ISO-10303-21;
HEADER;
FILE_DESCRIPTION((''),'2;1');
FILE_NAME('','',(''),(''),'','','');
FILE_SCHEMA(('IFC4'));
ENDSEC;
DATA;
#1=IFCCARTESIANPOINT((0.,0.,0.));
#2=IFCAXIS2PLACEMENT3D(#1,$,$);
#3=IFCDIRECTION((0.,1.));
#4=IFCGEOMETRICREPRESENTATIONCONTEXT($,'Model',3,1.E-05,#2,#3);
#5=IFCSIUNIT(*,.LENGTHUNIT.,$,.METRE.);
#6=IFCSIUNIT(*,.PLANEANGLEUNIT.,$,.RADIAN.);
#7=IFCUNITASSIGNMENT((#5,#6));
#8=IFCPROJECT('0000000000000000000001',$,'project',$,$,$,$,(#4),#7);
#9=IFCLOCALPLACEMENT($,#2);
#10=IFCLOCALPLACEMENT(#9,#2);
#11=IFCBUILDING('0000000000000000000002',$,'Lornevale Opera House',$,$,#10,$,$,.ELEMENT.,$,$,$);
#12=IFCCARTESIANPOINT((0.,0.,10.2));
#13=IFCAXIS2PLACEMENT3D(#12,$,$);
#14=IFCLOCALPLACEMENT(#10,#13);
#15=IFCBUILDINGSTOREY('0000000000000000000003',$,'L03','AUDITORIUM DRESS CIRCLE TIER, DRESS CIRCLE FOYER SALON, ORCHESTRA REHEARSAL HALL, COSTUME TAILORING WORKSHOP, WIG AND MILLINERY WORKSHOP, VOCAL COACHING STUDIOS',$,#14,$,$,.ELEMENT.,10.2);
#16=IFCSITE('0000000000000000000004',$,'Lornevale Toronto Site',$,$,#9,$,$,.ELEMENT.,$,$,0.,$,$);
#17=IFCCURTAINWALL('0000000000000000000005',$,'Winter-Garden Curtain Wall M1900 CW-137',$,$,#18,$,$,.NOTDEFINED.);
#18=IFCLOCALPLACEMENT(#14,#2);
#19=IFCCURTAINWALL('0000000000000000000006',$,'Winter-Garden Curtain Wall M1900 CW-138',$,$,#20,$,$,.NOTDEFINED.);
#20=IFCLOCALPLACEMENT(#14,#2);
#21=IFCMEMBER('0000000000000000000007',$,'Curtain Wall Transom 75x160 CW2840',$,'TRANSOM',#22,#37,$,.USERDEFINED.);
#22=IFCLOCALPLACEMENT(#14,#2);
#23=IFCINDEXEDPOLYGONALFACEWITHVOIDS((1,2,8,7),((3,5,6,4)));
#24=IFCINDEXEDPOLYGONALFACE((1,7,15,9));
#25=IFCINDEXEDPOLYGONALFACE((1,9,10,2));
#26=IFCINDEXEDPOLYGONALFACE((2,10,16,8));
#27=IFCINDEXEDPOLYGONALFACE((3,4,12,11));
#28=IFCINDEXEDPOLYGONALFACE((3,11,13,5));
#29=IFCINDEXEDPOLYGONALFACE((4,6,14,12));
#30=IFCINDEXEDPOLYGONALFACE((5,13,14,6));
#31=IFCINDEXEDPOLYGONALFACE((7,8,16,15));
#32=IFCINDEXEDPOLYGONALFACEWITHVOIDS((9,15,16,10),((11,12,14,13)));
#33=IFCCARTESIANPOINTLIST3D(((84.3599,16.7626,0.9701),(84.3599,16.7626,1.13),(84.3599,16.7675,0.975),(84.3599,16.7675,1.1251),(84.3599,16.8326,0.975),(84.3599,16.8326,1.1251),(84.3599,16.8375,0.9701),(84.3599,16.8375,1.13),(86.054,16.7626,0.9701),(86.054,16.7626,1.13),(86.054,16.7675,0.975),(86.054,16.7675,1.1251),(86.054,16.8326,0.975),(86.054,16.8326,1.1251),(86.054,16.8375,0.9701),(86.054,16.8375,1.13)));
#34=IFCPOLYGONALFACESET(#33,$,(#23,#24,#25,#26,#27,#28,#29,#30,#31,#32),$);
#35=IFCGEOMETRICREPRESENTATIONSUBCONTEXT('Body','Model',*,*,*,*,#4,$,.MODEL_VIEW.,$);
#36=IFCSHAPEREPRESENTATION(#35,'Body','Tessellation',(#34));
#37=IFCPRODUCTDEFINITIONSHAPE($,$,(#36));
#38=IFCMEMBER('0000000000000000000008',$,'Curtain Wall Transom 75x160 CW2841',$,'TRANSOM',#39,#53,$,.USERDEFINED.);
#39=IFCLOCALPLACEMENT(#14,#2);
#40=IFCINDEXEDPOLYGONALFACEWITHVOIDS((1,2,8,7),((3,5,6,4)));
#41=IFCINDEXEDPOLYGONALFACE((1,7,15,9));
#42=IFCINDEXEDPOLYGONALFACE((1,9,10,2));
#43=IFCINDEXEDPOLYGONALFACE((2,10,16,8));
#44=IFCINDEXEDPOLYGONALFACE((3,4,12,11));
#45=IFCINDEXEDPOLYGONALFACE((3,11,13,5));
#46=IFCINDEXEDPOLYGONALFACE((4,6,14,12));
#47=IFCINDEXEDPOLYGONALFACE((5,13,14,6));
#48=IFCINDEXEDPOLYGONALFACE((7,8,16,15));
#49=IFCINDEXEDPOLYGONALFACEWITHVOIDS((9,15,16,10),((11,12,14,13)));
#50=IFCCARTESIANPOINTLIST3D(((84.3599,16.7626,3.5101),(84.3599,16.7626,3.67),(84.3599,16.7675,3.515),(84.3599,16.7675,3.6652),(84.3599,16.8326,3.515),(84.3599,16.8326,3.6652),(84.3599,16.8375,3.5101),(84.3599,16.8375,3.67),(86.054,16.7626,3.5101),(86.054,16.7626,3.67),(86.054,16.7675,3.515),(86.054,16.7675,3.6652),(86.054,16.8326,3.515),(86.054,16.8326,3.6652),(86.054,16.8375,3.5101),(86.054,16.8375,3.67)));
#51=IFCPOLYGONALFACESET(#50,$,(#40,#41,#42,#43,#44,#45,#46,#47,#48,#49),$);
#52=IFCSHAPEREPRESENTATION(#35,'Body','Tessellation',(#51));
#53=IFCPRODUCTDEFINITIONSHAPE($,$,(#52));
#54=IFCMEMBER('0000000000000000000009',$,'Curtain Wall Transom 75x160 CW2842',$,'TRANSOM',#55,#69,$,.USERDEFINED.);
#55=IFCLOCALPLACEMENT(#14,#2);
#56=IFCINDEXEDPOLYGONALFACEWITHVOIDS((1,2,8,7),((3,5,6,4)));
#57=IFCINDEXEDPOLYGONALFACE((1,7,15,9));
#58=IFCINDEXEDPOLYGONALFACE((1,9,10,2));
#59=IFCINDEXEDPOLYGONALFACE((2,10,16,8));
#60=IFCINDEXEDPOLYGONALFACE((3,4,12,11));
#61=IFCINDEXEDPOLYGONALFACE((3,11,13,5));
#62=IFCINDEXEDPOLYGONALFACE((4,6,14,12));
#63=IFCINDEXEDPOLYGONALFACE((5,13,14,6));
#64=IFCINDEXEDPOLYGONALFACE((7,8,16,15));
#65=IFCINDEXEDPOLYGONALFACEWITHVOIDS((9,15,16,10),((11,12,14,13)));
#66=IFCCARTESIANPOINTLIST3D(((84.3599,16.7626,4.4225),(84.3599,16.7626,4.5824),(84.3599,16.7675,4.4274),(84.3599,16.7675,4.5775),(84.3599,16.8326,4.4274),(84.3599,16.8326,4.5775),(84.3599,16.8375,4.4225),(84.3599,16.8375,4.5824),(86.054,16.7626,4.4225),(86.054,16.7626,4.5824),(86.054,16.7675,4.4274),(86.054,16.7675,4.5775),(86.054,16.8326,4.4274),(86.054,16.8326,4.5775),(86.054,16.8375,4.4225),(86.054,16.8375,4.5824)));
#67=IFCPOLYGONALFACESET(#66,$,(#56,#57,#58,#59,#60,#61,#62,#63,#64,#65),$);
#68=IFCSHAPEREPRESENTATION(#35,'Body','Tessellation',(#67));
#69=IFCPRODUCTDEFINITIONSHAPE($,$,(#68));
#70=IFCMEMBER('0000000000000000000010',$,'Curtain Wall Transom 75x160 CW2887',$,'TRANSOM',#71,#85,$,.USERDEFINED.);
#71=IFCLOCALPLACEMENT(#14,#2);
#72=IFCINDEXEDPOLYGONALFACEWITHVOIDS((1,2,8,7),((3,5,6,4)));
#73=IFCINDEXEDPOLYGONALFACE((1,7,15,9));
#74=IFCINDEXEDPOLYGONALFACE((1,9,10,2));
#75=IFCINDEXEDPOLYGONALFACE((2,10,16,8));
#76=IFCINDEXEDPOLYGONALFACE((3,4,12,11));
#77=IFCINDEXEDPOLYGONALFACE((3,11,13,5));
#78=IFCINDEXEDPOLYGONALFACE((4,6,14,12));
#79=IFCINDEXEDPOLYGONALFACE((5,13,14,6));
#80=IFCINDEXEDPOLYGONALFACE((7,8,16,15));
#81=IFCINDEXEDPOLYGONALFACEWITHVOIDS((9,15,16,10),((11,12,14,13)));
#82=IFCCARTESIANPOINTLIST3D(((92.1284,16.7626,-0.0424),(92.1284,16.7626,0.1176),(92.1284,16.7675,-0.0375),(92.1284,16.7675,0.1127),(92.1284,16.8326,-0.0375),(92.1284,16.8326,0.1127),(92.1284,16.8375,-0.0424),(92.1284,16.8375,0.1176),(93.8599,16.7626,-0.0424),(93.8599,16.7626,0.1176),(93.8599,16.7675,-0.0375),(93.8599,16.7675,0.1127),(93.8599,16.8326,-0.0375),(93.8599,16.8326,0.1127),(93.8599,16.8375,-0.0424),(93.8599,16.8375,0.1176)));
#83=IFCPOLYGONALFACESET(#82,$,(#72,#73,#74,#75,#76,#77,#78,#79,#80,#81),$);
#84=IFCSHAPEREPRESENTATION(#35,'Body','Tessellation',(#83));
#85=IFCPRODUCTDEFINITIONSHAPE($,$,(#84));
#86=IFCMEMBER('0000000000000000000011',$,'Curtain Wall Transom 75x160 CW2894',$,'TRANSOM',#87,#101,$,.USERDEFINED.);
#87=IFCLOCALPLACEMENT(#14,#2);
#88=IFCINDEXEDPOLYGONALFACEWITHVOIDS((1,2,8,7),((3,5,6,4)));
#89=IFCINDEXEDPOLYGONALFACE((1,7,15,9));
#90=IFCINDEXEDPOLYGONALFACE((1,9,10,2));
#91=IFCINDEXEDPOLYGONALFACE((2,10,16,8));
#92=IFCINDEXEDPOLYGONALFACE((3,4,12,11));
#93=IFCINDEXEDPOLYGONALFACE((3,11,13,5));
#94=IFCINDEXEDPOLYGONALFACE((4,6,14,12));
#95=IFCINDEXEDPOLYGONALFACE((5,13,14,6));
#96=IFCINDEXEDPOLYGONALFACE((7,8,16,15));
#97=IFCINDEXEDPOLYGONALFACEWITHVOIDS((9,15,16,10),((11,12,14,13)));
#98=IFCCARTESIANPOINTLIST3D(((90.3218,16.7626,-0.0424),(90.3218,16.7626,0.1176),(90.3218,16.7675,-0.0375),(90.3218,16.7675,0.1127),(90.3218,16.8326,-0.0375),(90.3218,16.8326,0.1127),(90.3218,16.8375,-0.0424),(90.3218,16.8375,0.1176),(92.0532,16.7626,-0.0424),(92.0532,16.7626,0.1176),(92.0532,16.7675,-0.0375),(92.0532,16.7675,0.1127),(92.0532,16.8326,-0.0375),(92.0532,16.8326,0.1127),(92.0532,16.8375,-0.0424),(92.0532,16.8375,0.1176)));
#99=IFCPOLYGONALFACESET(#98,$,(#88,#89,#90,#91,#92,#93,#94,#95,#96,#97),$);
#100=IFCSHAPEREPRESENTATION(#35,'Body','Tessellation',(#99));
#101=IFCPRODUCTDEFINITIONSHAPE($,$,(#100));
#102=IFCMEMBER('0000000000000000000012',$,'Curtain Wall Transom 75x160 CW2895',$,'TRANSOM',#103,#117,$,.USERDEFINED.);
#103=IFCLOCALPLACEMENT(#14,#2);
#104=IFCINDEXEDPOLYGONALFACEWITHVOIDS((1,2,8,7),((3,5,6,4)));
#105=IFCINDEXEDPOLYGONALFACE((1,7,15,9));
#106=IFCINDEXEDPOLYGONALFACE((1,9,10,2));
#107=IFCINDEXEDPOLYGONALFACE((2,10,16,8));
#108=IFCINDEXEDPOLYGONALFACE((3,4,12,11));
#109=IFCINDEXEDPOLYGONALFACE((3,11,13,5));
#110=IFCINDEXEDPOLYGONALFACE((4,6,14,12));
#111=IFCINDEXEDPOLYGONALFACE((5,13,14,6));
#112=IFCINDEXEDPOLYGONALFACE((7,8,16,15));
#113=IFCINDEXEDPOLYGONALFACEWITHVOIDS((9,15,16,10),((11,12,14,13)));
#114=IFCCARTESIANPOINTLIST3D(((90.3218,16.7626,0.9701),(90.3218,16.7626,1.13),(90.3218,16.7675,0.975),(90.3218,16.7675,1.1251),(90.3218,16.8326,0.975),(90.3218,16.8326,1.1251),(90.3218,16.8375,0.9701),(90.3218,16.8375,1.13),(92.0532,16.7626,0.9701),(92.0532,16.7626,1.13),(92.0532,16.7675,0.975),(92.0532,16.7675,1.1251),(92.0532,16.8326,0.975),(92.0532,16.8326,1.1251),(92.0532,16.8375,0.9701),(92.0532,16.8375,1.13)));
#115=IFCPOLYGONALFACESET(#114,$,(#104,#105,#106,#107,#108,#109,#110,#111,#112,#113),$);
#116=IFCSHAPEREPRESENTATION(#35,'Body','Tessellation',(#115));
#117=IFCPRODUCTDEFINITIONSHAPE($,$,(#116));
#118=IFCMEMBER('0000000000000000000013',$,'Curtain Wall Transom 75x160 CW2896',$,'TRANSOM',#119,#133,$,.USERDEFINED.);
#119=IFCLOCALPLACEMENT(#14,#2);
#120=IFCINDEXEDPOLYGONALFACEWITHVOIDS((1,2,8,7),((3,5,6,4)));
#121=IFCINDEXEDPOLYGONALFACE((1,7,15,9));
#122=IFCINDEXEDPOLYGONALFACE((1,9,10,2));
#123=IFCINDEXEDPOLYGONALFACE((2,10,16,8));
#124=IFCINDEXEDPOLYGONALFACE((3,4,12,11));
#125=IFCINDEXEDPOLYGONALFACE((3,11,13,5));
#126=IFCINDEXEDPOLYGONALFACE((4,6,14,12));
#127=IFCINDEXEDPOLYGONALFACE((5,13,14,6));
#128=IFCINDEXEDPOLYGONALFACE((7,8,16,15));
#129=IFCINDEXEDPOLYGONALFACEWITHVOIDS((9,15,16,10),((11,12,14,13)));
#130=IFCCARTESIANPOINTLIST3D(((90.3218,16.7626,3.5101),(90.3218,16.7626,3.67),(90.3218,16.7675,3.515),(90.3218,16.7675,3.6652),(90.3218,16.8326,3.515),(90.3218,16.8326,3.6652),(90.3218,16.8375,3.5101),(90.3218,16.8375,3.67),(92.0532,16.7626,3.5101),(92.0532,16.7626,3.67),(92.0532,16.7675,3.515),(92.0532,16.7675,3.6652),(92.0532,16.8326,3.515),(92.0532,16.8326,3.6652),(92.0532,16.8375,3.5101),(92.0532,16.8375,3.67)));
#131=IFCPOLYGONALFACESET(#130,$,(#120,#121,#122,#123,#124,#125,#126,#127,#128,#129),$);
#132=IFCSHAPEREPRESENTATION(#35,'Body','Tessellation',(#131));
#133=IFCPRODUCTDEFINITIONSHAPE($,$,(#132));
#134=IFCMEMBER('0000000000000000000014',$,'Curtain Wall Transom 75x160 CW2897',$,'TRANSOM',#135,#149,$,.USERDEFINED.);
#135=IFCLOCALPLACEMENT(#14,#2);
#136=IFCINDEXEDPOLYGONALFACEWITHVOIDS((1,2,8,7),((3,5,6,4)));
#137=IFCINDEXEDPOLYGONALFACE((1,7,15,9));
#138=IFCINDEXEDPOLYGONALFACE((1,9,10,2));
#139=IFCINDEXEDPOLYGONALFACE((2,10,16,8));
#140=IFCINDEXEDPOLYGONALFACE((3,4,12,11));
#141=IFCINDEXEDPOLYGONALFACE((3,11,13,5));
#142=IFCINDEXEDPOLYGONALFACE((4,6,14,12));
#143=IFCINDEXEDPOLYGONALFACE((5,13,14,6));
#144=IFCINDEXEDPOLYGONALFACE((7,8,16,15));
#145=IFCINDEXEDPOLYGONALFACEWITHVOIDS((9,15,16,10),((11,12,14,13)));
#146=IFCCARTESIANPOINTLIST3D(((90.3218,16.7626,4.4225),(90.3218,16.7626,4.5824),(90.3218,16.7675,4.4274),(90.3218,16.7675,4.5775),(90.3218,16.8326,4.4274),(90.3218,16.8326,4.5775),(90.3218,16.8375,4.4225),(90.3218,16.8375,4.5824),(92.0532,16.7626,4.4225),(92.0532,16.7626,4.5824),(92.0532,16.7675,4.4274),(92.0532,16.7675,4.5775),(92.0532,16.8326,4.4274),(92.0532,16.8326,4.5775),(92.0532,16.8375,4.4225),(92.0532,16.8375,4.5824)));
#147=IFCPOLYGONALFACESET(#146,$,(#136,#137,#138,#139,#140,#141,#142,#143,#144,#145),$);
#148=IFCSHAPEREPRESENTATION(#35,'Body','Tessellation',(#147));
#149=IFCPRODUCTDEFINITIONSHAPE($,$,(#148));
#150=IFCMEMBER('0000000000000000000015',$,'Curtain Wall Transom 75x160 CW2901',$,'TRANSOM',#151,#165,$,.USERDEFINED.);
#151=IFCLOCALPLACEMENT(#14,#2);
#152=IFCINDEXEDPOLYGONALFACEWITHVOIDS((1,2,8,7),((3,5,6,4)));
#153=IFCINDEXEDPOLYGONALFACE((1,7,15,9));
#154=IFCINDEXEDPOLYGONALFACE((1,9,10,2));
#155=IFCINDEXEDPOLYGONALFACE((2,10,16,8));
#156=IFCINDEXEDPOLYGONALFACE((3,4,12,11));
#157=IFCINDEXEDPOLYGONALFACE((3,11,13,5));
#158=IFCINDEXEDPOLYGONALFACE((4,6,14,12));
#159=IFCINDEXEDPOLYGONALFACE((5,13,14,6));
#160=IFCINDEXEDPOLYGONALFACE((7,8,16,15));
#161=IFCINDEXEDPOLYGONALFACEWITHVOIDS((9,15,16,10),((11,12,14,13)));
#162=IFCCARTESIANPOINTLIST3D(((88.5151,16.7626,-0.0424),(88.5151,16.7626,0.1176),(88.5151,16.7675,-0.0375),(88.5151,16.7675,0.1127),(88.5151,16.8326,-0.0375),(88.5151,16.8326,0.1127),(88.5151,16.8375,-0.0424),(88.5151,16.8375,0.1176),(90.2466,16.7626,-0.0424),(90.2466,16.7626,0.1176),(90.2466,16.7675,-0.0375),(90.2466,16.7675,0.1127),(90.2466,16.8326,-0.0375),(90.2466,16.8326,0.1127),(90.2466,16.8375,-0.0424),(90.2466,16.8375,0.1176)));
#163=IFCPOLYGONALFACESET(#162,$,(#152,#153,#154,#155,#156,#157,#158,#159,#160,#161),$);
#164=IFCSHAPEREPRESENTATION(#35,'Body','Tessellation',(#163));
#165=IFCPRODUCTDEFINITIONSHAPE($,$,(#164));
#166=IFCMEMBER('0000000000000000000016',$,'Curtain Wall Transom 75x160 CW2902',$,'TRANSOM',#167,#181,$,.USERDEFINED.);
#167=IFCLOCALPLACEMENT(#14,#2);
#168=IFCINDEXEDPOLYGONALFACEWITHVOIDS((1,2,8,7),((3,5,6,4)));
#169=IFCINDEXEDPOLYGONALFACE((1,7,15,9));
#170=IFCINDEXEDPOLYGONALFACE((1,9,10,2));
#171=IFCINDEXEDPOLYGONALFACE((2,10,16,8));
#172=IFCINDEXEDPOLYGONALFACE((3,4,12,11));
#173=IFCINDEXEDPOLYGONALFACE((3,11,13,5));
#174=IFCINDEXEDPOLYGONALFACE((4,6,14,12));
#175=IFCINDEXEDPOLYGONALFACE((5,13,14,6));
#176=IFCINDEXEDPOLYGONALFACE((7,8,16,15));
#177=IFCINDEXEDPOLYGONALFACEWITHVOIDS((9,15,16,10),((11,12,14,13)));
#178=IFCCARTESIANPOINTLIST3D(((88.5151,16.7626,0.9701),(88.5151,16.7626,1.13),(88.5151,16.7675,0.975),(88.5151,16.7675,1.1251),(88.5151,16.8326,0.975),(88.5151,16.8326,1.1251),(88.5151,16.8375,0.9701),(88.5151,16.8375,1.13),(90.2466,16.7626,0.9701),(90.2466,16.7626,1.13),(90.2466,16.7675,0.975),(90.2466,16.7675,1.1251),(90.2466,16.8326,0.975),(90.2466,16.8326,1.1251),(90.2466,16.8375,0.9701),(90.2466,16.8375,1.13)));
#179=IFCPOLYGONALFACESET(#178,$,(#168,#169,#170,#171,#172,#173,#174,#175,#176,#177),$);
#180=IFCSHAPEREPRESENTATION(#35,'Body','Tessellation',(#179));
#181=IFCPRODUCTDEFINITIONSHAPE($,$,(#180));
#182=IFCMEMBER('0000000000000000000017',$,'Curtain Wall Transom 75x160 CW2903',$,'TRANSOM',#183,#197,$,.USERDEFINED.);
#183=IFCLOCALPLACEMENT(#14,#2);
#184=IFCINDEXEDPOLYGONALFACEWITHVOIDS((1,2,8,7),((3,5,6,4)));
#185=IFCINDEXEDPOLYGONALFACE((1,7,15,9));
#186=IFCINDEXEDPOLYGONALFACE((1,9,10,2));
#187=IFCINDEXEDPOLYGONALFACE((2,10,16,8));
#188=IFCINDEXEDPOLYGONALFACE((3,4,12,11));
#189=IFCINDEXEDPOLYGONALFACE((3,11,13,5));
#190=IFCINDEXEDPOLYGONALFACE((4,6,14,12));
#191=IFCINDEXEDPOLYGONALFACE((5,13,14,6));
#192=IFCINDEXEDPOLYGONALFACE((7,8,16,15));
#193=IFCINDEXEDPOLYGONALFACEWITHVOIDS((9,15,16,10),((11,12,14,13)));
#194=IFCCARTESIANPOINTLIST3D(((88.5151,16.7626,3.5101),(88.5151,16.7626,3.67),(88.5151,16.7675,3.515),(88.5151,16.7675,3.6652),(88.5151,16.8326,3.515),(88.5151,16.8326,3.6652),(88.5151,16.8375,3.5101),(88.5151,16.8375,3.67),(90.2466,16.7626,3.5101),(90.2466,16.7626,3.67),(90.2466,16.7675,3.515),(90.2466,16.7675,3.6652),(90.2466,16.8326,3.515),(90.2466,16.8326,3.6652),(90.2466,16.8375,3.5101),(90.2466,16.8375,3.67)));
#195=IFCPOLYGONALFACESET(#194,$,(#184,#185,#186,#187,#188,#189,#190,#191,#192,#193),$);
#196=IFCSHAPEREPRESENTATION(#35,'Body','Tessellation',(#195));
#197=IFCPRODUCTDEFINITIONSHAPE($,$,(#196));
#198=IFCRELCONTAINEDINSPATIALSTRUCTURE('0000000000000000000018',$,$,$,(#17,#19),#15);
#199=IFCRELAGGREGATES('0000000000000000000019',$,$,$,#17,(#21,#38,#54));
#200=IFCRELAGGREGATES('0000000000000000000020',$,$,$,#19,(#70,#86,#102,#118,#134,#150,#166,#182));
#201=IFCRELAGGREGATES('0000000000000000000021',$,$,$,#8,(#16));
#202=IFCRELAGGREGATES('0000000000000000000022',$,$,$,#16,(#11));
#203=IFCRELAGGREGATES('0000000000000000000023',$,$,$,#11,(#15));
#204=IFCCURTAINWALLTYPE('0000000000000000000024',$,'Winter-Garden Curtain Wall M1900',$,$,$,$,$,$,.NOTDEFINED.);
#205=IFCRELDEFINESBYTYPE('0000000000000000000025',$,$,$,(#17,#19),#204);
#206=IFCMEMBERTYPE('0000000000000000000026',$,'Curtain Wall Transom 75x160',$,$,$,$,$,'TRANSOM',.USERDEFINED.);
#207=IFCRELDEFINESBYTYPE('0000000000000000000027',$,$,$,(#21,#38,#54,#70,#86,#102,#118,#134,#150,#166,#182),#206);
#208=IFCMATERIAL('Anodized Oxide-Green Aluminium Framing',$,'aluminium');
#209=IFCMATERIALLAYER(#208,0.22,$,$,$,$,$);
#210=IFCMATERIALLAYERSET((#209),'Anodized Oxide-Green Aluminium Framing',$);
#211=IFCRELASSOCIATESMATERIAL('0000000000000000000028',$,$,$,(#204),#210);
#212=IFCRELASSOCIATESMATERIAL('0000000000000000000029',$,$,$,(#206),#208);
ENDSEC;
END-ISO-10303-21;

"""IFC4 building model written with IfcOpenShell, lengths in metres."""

from ifc_helpers import new_model, si_unit, direction, frame, origin, origin_2d, place, context, subcontext, project, spatial, hollow_rectangle, extrude, material, layer, layer_set, material_profile, profile_set, type_object, element, aggregate, save


model = new_model("IFC4")

# Units and contexts
model_context = context("Model", 3, precision=1e-05, world=origin(), true_north=direction((0.0, 1.0)))
body_context = subcontext(model_context, "Body", "Model", "MODEL_VIEW")
ifc_project = project(units=[si_unit("LENGTHUNIT", "METRE"), si_unit("PLANEANGLEUNIT", "RADIAN")], contexts=[model_context])

# Site, building, storey
site_placement = place(None, origin())
site = spatial("IfcSite", under=ifc_project, at=site_placement, Name="Lornevale Toronto Site", CompositionType="ELEMENT", RefElevation=0.0)
building_placement = place(site_placement, origin())
building = spatial("IfcBuilding", under=site, at=building_placement, Name="Lornevale Opera House", CompositionType="ELEMENT")
storey_placement = place(building_placement, frame((0.0, 0.0, 10.2)))
storey = spatial("IfcBuildingStorey", under=building, at=storey_placement, Name="L03", Description="AUDITORIUM DRESS CIRCLE TIER, DRESS CIRCLE FOYER SALON, ORCHESTRA REHEARSAL HALL, COSTUME TAILORING WORKSHOP, WIG AND MILLINERY WORKSHOP, VOCAL COACHING STUDIOS", CompositionType="ELEMENT", Elevation=10.2)

# Curtain wall
ifc_material_1 = material(Name="Anodized Oxide-Green Aluminium Framing", Category="aluminium")
ifc_layer_1 = layer(ifc_material_1, 0.22)
ifc_layer_set_1 = layer_set([ifc_layer_1], Name="Anodized Oxide-Green Aluminium Framing")
curtain_wall_type = type_object("IfcCurtainWallType", Name="Winter-Garden Curtain Wall M1900", PredefinedType="NOTDEFINED", material=ifc_layer_set_1)
curtain_wall_1_placement = place(storey_placement, origin())
curtain_wall_1 = element("IfcCurtainWall", 1, at=curtain_wall_1_placement, inside=storey, type_object=curtain_wall_type, Name="Winter-Garden Curtain Wall M1900 CW-137", PredefinedType="NOTDEFINED")

# Curtain wall
curtain_wall_2_placement = place(storey_placement, origin())
curtain_wall_2 = element("IfcCurtainWall", 2, at=curtain_wall_2_placement, inside=storey, type_object=curtain_wall_type, Name="Winter-Garden Curtain Wall M1900 CW-138", PredefinedType="NOTDEFINED")

# Members
ifc_material_profile_1 = material_profile(ifc_material_1, hollow_rectangle(XDim=0.075, YDim=0.1599, WallThickness=0.0049, at=origin_2d()), Name="ALU75x160x5")
ifc_profile_set_1 = profile_set([ifc_material_profile_1], Name="Anodized Oxide-Green Aluminium Framing")
member_type_1 = type_object("IfcMemberType", Name="Curtain Wall Transom 75x160", ElementType="TRANSOM", PredefinedType="USERDEFINED", material=ifc_profile_set_1)
member_1_placement = place(storey_placement, frame((86.054, 16.8, 1.05), z_axis=(-1.0, 0.0, 0.0), x_axis=(0.0, -1.0, 0.0)))
member_1 = element("IfcMember", 3, at=member_1_placement, type_object=member_type_1, Name="Curtain Wall Transom 75x160 CW2840", ObjectType="TRANSOM", PredefinedType="USERDEFINED", context=body_context, shape_type="SweptSolid", body=[
    extrude(hollow_rectangle(XDim=0.075, YDim=0.1599, WallThickness=0.0049, at=origin_2d()), origin(), (0.0, 0.0, 1.0), 1.6941),
])
member_2_placement = place(storey_placement, frame((86.054, 16.8, 3.5901), z_axis=(-1.0, 0.0, 0.0), x_axis=(0.0, -1.0, 0.0)))
member_2 = element("IfcMember", 4, at=member_2_placement, type_object=member_type_1, Name="Curtain Wall Transom 75x160 CW2841", ObjectType="TRANSOM", PredefinedType="USERDEFINED", context=body_context, shape_type="SweptSolid", body=[
    extrude(hollow_rectangle(XDim=0.075, YDim=0.1599, WallThickness=0.0049, at=origin_2d()), origin(), (0.0, 0.0, 1.0), 1.6941),
])
member_3_placement = place(storey_placement, frame((86.054, 16.8, 4.5024), z_axis=(-1.0, 0.0, 0.0), x_axis=(0.0, -1.0, 0.0)))
member_3 = element("IfcMember", 5, at=member_3_placement, type_object=member_type_1, Name="Curtain Wall Transom 75x160 CW2842", ObjectType="TRANSOM", PredefinedType="USERDEFINED", context=body_context, shape_type="SweptSolid", body=[
    extrude(hollow_rectangle(XDim=0.075, YDim=0.1599, WallThickness=0.0049, at=origin_2d()), origin(), (0.0, 0.0, 1.0), 1.6941),
])
member_4_placement = place(storey_placement, frame((93.8599, 16.8, 0.0376), z_axis=(-1.0, 0.0, 0.0), x_axis=(0.0, -1.0, 0.0)))
member_4 = element("IfcMember", 6, at=member_4_placement, type_object=member_type_1, Name="Curtain Wall Transom 75x160 CW2887", ObjectType="TRANSOM", PredefinedType="USERDEFINED", context=body_context, shape_type="SweptSolid", body=[
    extrude(hollow_rectangle(XDim=0.075, YDim=0.1599, WallThickness=0.0049, at=origin_2d()), origin(), (0.0, 0.0, 1.0), 1.7314),
])
member_5_placement = place(storey_placement, frame((92.0532, 16.8, 0.0376), z_axis=(-1.0, 0.0, 0.0), x_axis=(0.0, -1.0, 0.0)))
member_5 = element("IfcMember", 7, at=member_5_placement, type_object=member_type_1, Name="Curtain Wall Transom 75x160 CW2894", ObjectType="TRANSOM", PredefinedType="USERDEFINED", context=body_context, shape_type="SweptSolid", body=[
    extrude(hollow_rectangle(XDim=0.075, YDim=0.1599, WallThickness=0.0049, at=origin_2d()), origin(), (0.0, 0.0, 1.0), 1.7314),
])
member_6_placement = place(storey_placement, frame((92.0532, 16.8, 1.05), z_axis=(-1.0, 0.0, 0.0), x_axis=(0.0, -1.0, 0.0)))
member_6 = element("IfcMember", 8, at=member_6_placement, type_object=member_type_1, Name="Curtain Wall Transom 75x160 CW2895", ObjectType="TRANSOM", PredefinedType="USERDEFINED", context=body_context, shape_type="SweptSolid", body=[
    extrude(hollow_rectangle(XDim=0.075, YDim=0.1599, WallThickness=0.0049, at=origin_2d()), origin(), (0.0, 0.0, 1.0), 1.7314),
])
member_7_placement = place(storey_placement, frame((92.0532, 16.8, 3.5901), z_axis=(-1.0, 0.0, 0.0), x_axis=(0.0, -1.0, 0.0)))
member_7 = element("IfcMember", 9, at=member_7_placement, type_object=member_type_1, Name="Curtain Wall Transom 75x160 CW2896", ObjectType="TRANSOM", PredefinedType="USERDEFINED", context=body_context, shape_type="SweptSolid", body=[
    extrude(hollow_rectangle(XDim=0.075, YDim=0.1599, WallThickness=0.0049, at=origin_2d()), origin(), (0.0, 0.0, 1.0), 1.7314),
])
member_8_placement = place(storey_placement, frame((92.0532, 16.8, 4.5024), z_axis=(-1.0, 0.0, 0.0), x_axis=(0.0, -1.0, 0.0)))
member_8 = element("IfcMember", 10, at=member_8_placement, type_object=member_type_1, Name="Curtain Wall Transom 75x160 CW2897", ObjectType="TRANSOM", PredefinedType="USERDEFINED", context=body_context, shape_type="SweptSolid", body=[
    extrude(hollow_rectangle(XDim=0.075, YDim=0.1599, WallThickness=0.0049, at=origin_2d()), origin(), (0.0, 0.0, 1.0), 1.7314),
])
member_9_placement = place(storey_placement, frame((90.2466, 16.8, 0.0376), z_axis=(-1.0, 0.0, 0.0), x_axis=(0.0, -1.0, 0.0)))
member_9 = element("IfcMember", 11, at=member_9_placement, type_object=member_type_1, Name="Curtain Wall Transom 75x160 CW2901", ObjectType="TRANSOM", PredefinedType="USERDEFINED", context=body_context, shape_type="SweptSolid", body=[
    extrude(hollow_rectangle(XDim=0.075, YDim=0.1599, WallThickness=0.0049, at=origin_2d()), origin(), (0.0, 0.0, 1.0), 1.7314),
])
member_10_placement = place(storey_placement, frame((90.2466, 16.8, 1.05), z_axis=(-1.0, 0.0, 0.0), x_axis=(0.0, -1.0, 0.0)))
member_10 = element("IfcMember", 12, at=member_10_placement, type_object=member_type_1, Name="Curtain Wall Transom 75x160 CW2902", ObjectType="TRANSOM", PredefinedType="USERDEFINED", context=body_context, shape_type="SweptSolid", body=[
    extrude(hollow_rectangle(XDim=0.075, YDim=0.1599, WallThickness=0.0049, at=origin_2d()), origin(), (0.0, 0.0, 1.0), 1.7314),
])
member_11_placement = place(storey_placement, frame((90.2466, 16.8, 3.5901), z_axis=(-1.0, 0.0, 0.0), x_axis=(0.0, -1.0, 0.0)))
member_11 = element("IfcMember", 13, at=member_11_placement, type_object=member_type_1, Name="Curtain Wall Transom 75x160 CW2903", ObjectType="TRANSOM", PredefinedType="USERDEFINED", context=body_context, shape_type="SweptSolid", body=[
    extrude(hollow_rectangle(XDim=0.075, YDim=0.1599, WallThickness=0.0049, at=origin_2d()), origin(), (0.0, 0.0, 1.0), 1.7314),
])

aggregate(curtain_wall_1, [member_1, member_2, member_3])
aggregate(curtain_wall_2, [member_4, member_5, member_6, member_7, member_8, member_9, member_10, member_11])

save(model, "model.ifc")
